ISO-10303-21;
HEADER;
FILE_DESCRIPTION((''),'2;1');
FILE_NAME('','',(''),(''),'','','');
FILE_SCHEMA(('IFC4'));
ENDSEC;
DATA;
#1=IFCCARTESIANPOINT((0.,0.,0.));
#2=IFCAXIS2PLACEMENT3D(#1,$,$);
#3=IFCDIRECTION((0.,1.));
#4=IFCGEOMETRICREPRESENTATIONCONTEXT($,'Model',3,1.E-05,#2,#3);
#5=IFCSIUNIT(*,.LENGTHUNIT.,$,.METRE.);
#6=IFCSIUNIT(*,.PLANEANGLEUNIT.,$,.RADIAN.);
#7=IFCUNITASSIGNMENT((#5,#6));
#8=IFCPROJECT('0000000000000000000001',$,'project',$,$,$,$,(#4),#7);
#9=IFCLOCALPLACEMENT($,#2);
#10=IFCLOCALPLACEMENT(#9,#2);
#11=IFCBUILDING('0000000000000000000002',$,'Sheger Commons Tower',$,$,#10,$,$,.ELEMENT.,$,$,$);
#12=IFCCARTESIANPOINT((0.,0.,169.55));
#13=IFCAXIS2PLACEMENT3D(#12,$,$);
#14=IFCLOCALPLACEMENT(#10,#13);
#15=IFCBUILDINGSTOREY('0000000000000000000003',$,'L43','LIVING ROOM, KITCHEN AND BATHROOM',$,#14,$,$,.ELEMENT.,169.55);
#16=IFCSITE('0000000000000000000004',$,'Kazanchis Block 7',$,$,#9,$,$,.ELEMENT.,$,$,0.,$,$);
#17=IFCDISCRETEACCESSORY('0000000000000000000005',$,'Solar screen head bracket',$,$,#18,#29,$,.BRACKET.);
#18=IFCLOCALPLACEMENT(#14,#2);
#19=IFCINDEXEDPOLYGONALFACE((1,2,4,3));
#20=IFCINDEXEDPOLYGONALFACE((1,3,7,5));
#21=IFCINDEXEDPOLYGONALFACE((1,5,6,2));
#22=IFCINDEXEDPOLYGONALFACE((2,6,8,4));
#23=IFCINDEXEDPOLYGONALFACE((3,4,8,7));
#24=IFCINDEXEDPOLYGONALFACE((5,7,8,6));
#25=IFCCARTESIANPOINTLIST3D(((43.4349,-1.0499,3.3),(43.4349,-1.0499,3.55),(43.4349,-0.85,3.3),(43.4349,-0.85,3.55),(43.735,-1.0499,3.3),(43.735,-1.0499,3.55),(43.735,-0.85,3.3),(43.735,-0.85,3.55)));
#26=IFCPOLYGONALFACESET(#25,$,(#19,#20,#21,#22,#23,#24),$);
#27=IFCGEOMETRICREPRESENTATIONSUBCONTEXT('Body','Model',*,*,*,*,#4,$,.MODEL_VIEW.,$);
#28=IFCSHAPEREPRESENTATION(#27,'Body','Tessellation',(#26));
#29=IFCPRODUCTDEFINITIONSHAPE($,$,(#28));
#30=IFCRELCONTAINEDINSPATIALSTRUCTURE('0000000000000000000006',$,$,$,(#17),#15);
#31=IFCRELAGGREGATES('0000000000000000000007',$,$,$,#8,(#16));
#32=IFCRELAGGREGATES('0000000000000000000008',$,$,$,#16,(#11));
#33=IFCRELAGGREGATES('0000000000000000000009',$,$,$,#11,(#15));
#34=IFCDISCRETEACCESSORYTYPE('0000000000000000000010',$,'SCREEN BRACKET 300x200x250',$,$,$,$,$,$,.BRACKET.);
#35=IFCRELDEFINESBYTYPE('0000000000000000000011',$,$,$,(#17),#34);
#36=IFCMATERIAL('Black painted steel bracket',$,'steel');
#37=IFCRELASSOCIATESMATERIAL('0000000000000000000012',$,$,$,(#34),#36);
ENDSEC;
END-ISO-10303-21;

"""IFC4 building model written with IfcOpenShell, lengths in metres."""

from ifc_helpers import new_model, si_unit, direction, frame, origin, origin_2d, place, context, subcontext, project, spatial, rectangle, extrude, material, type_object, element, save


model = new_model("IFC4")

# Units and contexts
model_context = context("Model", 3, precision=1e-05, world=origin(), true_north=direction((0.0, 1.0)))
body_context = subcontext(model_context, "Body", "Model", "MODEL_VIEW")
ifc_project = project(units=[si_unit("LENGTHUNIT", "METRE"), si_unit("PLANEANGLEUNIT", "RADIAN")], contexts=[model_context])

# Site, building, storey
site_placement = place(None, origin())
site = spatial("IfcSite", under=ifc_project, at=site_placement, Name="Kazanchis Block 7", CompositionType="ELEMENT", RefElevation=0.0)
building_placement = place(site_placement, origin())
building = spatial("IfcBuilding", under=site, at=building_placement, Name="Sheger Commons Tower", CompositionType="ELEMENT")
storey_placement = place(building_placement, frame((0.0, 0.0, 169.55)))
storey = spatial("IfcBuildingStorey", under=building, at=storey_placement, Name="L43", Description="LIVING ROOM, KITCHEN AND BATHROOM", CompositionType="ELEMENT", Elevation=169.55)

# Discrete accessory
ifc_material_1 = material(Name="Black painted steel bracket", Category="steel")
discrete_accessory_type = type_object("IfcDiscreteAccessoryType", Name="SCREEN BRACKET 300x200x250", PredefinedType="BRACKET", material=ifc_material_1)
for number, where, z_axis, x_axis, name in (
    (1, (43.585, -0.95, 3.3), (0.0, 0.0, 1.0), (1.0, 0.0, 0.0), "Solar screen head bracket"),
):
    element("IfcDiscreteAccessory", number, at=place(storey_placement, frame(where, z_axis=z_axis, x_axis=x_axis)), inside=storey, type_object=discrete_accessory_type, Name=name, PredefinedType="BRACKET", context=body_context, shape_type="SweptSolid", body=[
        extrude(rectangle(XDim=0.3, YDim=0.2, at=origin_2d()), origin(), (0.0, 0.0, 1.0), 0.25),
    ])

save(model, "model.ifc")
